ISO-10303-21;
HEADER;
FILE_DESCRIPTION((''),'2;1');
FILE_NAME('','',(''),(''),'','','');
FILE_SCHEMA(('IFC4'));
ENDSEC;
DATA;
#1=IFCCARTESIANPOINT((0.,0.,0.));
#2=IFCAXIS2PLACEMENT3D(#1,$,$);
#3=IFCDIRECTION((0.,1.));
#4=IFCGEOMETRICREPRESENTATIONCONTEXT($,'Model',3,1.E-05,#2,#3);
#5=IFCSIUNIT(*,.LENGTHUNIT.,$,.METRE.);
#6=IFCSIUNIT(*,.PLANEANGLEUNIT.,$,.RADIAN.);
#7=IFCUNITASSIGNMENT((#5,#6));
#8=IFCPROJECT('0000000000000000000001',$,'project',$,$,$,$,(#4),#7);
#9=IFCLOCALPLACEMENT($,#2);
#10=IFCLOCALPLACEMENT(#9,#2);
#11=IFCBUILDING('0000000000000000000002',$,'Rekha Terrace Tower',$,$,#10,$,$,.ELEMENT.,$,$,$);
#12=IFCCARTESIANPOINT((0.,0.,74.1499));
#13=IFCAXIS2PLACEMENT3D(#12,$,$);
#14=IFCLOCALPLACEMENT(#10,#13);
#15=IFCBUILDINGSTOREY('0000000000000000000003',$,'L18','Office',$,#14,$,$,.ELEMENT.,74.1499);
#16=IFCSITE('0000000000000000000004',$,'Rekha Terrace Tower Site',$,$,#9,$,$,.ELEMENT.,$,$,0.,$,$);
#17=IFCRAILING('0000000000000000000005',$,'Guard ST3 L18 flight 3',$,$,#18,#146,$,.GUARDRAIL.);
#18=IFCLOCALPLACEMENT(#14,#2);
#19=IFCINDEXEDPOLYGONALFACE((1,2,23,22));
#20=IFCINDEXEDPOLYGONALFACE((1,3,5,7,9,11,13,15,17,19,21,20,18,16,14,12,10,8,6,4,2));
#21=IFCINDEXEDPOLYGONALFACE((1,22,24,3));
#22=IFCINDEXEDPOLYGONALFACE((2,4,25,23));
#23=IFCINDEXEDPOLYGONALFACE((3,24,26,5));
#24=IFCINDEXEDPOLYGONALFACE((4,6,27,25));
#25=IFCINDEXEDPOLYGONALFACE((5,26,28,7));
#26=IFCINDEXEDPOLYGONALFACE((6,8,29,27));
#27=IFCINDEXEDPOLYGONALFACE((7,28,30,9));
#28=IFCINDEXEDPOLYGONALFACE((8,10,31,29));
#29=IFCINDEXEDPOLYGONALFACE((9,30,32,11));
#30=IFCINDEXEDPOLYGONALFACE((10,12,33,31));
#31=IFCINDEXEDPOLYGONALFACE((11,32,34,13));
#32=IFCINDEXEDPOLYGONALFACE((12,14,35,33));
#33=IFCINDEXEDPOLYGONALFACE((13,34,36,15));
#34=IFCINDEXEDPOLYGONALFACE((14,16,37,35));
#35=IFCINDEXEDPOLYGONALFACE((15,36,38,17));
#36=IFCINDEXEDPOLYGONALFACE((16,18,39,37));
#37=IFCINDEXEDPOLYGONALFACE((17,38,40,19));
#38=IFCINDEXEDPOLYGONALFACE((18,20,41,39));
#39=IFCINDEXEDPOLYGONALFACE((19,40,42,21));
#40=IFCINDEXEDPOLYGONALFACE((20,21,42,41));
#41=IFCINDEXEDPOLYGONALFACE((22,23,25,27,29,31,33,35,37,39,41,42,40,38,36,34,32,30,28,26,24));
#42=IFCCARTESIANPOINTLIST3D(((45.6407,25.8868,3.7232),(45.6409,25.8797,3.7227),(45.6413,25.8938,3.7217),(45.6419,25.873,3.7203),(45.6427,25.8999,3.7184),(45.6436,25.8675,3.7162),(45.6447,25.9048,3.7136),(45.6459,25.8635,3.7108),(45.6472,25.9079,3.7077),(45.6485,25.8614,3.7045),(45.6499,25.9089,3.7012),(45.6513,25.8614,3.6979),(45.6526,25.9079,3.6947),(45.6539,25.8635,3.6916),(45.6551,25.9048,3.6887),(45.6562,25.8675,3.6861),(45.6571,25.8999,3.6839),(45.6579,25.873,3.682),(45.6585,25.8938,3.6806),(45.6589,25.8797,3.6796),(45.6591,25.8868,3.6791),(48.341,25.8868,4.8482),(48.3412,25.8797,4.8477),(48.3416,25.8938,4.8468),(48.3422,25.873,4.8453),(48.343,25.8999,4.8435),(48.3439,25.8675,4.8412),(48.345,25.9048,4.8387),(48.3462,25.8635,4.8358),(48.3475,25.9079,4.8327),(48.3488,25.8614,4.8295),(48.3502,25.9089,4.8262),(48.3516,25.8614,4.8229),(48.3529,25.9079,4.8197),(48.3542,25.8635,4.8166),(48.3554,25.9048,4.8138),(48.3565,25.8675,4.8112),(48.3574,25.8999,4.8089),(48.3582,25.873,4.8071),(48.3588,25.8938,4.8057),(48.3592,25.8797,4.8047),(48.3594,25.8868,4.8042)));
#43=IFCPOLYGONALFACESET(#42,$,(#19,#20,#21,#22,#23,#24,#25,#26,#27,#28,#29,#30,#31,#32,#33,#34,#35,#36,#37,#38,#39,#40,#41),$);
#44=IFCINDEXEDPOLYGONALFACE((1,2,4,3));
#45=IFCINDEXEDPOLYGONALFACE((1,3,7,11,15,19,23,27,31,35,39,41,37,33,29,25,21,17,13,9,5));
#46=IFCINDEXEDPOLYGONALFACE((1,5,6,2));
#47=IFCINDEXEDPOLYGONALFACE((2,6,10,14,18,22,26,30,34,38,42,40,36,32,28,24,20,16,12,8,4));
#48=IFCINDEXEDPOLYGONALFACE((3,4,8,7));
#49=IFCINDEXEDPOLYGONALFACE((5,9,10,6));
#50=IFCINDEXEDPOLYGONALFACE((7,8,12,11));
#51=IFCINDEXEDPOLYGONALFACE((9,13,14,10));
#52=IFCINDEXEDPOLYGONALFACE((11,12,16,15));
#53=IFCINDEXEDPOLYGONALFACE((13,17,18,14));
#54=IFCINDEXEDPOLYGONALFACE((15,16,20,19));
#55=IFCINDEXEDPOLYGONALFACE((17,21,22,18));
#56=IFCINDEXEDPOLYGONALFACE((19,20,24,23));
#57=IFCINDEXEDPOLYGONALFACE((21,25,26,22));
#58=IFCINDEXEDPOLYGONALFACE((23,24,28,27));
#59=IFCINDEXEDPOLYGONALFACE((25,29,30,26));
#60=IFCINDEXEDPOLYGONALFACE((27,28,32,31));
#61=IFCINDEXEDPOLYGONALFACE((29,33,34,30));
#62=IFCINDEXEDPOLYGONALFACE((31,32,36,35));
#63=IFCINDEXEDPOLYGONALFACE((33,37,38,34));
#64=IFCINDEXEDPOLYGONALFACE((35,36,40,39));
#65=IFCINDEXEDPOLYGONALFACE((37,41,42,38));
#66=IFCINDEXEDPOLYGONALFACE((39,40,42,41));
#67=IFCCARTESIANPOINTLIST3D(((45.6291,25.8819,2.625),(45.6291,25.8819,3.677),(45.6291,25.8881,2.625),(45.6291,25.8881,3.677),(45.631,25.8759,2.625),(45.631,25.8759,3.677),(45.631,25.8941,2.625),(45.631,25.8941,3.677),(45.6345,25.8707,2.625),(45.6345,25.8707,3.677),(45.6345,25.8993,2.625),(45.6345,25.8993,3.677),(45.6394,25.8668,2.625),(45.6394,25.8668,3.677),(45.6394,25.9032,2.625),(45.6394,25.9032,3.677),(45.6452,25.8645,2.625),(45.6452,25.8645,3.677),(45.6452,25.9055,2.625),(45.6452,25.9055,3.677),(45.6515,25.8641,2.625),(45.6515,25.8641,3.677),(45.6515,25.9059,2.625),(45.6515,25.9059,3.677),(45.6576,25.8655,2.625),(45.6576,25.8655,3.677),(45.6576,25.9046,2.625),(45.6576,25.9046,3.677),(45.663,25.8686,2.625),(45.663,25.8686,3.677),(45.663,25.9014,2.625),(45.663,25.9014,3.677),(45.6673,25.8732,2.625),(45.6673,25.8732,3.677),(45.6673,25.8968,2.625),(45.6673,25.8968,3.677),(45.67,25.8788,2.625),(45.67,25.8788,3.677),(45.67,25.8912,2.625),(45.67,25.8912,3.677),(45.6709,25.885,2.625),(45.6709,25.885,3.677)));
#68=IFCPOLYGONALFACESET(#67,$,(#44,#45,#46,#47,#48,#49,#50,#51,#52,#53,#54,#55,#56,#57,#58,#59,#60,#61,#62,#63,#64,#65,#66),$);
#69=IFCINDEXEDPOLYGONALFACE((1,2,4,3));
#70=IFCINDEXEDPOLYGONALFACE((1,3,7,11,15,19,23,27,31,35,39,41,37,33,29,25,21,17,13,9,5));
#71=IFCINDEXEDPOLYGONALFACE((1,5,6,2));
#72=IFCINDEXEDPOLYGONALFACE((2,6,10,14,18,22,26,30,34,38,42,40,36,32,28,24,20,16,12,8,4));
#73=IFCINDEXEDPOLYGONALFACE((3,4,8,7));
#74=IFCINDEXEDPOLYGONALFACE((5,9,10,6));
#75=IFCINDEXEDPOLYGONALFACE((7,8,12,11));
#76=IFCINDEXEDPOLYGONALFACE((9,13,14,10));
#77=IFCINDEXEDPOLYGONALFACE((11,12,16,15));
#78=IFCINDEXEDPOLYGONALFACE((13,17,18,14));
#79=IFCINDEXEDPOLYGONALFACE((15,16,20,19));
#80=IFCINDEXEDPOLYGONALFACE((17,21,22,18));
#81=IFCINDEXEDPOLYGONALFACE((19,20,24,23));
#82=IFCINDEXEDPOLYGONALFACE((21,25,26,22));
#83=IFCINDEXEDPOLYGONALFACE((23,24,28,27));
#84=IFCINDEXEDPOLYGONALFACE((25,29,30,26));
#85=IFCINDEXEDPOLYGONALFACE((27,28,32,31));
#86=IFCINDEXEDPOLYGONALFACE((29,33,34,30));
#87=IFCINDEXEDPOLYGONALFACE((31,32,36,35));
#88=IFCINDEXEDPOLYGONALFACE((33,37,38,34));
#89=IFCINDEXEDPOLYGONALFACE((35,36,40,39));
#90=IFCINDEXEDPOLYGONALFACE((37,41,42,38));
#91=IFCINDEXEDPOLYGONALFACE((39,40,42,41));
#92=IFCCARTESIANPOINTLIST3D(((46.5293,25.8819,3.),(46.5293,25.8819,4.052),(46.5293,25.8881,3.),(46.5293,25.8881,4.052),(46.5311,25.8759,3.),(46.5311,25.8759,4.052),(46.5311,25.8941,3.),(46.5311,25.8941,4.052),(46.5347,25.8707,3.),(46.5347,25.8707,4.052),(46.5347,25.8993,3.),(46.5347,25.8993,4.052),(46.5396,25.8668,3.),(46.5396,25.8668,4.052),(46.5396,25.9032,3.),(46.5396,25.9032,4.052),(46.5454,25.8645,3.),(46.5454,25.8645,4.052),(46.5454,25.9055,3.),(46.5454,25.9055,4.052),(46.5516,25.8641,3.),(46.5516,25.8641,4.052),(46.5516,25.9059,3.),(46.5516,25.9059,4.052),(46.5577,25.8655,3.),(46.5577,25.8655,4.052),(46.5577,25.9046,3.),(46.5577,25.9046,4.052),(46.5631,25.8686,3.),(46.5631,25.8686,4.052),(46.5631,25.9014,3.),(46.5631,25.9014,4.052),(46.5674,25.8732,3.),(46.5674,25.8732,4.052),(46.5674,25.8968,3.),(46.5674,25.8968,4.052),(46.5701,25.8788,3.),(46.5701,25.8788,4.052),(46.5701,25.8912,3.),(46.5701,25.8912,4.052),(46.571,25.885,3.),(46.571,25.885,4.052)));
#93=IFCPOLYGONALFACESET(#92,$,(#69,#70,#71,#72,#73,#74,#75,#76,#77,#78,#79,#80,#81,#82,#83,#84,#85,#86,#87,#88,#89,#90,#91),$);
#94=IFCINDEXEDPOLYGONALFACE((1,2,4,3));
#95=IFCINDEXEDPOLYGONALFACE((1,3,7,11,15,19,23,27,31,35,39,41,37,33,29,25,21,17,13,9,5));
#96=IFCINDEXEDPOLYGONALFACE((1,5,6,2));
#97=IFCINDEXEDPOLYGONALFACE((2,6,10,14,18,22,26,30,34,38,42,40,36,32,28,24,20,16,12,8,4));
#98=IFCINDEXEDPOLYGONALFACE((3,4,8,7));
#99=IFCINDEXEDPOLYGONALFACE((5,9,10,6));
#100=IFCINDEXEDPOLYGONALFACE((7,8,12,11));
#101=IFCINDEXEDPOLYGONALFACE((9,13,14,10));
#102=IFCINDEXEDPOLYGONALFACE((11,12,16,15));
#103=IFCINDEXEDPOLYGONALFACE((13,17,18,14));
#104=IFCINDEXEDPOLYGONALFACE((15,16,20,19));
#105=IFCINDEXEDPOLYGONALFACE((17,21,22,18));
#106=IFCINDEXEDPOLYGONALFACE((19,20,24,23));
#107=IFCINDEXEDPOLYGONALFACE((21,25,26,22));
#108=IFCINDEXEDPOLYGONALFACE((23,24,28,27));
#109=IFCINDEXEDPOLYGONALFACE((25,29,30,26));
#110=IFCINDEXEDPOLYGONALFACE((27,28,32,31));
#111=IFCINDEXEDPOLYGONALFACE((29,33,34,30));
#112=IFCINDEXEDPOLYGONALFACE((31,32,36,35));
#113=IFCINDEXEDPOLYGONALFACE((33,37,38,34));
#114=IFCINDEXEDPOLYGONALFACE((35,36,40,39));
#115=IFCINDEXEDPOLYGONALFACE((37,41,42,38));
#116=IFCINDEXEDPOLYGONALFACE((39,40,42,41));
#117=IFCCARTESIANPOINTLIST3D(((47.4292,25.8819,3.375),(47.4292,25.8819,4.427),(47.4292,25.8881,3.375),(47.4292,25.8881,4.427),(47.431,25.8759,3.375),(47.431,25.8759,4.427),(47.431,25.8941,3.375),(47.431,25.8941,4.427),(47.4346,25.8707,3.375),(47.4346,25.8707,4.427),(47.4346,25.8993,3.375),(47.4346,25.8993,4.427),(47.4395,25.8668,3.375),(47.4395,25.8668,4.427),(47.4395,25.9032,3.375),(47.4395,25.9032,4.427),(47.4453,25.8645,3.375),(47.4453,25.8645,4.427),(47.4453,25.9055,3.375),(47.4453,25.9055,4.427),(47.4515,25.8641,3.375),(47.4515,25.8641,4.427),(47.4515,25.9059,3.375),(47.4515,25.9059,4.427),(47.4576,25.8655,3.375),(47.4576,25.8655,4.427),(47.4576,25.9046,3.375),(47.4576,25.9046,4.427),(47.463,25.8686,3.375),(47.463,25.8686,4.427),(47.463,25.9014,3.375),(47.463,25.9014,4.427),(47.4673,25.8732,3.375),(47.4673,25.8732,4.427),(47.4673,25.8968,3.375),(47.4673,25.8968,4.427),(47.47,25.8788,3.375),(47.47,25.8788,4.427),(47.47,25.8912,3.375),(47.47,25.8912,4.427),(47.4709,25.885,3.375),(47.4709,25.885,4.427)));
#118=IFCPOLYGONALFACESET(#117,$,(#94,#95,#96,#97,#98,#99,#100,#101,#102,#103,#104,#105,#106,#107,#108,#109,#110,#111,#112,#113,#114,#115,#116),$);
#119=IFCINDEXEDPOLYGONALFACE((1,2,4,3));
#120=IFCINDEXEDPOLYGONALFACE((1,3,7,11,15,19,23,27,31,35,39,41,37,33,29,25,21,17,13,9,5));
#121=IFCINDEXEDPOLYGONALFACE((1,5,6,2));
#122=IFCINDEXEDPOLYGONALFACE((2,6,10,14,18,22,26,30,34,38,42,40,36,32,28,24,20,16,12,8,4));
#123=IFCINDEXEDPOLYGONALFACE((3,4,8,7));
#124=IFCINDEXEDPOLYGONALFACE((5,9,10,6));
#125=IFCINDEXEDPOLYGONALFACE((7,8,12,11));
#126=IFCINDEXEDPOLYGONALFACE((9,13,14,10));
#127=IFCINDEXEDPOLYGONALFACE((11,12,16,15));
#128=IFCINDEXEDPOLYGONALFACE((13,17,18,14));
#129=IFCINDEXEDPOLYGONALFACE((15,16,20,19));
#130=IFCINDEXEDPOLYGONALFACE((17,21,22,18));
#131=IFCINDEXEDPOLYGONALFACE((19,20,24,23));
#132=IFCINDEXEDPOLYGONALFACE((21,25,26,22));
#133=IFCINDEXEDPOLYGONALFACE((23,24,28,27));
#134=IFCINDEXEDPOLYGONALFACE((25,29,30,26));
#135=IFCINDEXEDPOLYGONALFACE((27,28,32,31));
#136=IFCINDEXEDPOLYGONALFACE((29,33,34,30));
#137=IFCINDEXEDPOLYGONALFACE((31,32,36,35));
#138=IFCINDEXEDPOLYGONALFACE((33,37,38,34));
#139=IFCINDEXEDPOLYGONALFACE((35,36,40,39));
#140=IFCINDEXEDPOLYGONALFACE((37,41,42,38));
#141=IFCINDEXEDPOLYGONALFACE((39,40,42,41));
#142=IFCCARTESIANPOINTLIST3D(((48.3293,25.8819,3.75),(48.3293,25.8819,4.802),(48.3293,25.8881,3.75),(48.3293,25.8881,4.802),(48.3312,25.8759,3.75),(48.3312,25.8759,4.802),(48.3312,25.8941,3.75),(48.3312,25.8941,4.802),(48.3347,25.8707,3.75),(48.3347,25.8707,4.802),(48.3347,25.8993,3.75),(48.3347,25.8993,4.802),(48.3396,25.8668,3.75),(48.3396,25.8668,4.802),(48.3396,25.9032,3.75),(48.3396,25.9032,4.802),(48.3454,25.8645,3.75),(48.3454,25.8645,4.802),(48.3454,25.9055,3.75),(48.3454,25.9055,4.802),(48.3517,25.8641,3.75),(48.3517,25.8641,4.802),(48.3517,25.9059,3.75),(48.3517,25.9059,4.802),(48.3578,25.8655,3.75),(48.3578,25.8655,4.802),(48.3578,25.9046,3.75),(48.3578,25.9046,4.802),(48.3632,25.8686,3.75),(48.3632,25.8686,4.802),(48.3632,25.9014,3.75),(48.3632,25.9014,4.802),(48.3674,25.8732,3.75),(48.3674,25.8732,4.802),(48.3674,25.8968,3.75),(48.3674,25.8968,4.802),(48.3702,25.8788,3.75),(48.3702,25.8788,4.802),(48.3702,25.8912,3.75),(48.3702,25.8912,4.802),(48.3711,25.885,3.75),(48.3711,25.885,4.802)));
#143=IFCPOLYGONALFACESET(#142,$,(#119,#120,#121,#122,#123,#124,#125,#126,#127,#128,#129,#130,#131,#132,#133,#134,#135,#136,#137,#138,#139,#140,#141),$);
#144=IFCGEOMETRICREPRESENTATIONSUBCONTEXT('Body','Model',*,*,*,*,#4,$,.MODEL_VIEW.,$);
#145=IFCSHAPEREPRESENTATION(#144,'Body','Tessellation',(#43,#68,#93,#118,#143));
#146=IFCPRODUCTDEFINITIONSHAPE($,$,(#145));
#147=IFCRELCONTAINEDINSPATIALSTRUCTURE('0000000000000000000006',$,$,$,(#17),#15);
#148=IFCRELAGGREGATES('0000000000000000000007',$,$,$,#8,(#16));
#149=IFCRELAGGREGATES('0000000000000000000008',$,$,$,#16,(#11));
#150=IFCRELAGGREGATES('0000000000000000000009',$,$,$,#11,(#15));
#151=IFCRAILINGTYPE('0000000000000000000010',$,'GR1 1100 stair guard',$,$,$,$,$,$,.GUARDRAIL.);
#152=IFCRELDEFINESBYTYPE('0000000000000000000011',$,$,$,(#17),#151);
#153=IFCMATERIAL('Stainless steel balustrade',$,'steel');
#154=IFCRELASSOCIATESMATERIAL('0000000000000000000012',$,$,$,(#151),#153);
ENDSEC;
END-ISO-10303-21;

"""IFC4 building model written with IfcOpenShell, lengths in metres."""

from ifc_helpers import new_model, si_unit, direction, frame, origin, origin_2d, place, context, subcontext, project, spatial, circle, extrude, material, type_object, element, save


model = new_model("IFC4")

# Units and contexts
model_context = context("Model", 3, precision=1e-05, world=origin(), true_north=direction((0.0, 1.0)))
body_context = subcontext(model_context, "Body", "Model", "MODEL_VIEW")
ifc_project = project(units=[si_unit("LENGTHUNIT", "METRE"), si_unit("PLANEANGLEUNIT", "RADIAN")], contexts=[model_context])

# Site, building, storey
site_placement = place(None, origin())
site = spatial("IfcSite", under=ifc_project, at=site_placement, Name="Rekha Terrace Tower Site", CompositionType="ELEMENT", RefElevation=0.0)
building_placement = place(site_placement, origin())
building = spatial("IfcBuilding", under=site, at=building_placement, Name="Rekha Terrace Tower", CompositionType="ELEMENT")
storey_placement = place(building_placement, frame((0.0, 0.0, 74.1499)))
storey = spatial("IfcBuildingStorey", under=building, at=storey_placement, Name="L18", Description="Office", CompositionType="ELEMENT", Elevation=74.1499)

# Railing
ifc_material_1 = material(Name="Stainless steel balustrade", Category="steel")
railing_type_1 = type_object("IfcRailingType", Name="GR1 1100 stair guard", PredefinedType="GUARDRAIL", material=ifc_material_1)
railing_1_placement = place(storey_placement, frame((45.6499, 25.885, 2.625)))
element("IfcRailing", 1, at=railing_1_placement, inside=storey, type_object=railing_type_1, Name="Guard ST3 L18 flight 3", PredefinedType="GUARDRAIL", context=body_context, shape_type="SweptSolid", body=[
    extrude(circle(Radius=0.0239, at=origin_2d()), frame((0.0, 0.0, 1.0762), z_axis=(0.923087, 0.0, 0.384592), x_axis=(0.0, 1.0, 0.0)), (0.0, 0.0, 1.0), 2.9253),
    extrude(circle(Radius=0.021, at=origin_2d()), origin(), (0.0, 0.0, 1.0), 1.052),
    extrude(circle(Radius=0.021, at=origin_2d()), frame((0.9001, 0.0, 0.375)), (0.0, 0.0, 1.0), 1.052),
    extrude(circle(Radius=0.021, at=origin_2d()), frame((1.8, 0.0, 0.75)), (0.0, 0.0, 1.0), 1.052),
    extrude(circle(Radius=0.021, at=origin_2d()), frame((2.7002, 0.0, 1.125)), (0.0, 0.0, 1.0), 1.052),
])

save(model, "model.ifc")
